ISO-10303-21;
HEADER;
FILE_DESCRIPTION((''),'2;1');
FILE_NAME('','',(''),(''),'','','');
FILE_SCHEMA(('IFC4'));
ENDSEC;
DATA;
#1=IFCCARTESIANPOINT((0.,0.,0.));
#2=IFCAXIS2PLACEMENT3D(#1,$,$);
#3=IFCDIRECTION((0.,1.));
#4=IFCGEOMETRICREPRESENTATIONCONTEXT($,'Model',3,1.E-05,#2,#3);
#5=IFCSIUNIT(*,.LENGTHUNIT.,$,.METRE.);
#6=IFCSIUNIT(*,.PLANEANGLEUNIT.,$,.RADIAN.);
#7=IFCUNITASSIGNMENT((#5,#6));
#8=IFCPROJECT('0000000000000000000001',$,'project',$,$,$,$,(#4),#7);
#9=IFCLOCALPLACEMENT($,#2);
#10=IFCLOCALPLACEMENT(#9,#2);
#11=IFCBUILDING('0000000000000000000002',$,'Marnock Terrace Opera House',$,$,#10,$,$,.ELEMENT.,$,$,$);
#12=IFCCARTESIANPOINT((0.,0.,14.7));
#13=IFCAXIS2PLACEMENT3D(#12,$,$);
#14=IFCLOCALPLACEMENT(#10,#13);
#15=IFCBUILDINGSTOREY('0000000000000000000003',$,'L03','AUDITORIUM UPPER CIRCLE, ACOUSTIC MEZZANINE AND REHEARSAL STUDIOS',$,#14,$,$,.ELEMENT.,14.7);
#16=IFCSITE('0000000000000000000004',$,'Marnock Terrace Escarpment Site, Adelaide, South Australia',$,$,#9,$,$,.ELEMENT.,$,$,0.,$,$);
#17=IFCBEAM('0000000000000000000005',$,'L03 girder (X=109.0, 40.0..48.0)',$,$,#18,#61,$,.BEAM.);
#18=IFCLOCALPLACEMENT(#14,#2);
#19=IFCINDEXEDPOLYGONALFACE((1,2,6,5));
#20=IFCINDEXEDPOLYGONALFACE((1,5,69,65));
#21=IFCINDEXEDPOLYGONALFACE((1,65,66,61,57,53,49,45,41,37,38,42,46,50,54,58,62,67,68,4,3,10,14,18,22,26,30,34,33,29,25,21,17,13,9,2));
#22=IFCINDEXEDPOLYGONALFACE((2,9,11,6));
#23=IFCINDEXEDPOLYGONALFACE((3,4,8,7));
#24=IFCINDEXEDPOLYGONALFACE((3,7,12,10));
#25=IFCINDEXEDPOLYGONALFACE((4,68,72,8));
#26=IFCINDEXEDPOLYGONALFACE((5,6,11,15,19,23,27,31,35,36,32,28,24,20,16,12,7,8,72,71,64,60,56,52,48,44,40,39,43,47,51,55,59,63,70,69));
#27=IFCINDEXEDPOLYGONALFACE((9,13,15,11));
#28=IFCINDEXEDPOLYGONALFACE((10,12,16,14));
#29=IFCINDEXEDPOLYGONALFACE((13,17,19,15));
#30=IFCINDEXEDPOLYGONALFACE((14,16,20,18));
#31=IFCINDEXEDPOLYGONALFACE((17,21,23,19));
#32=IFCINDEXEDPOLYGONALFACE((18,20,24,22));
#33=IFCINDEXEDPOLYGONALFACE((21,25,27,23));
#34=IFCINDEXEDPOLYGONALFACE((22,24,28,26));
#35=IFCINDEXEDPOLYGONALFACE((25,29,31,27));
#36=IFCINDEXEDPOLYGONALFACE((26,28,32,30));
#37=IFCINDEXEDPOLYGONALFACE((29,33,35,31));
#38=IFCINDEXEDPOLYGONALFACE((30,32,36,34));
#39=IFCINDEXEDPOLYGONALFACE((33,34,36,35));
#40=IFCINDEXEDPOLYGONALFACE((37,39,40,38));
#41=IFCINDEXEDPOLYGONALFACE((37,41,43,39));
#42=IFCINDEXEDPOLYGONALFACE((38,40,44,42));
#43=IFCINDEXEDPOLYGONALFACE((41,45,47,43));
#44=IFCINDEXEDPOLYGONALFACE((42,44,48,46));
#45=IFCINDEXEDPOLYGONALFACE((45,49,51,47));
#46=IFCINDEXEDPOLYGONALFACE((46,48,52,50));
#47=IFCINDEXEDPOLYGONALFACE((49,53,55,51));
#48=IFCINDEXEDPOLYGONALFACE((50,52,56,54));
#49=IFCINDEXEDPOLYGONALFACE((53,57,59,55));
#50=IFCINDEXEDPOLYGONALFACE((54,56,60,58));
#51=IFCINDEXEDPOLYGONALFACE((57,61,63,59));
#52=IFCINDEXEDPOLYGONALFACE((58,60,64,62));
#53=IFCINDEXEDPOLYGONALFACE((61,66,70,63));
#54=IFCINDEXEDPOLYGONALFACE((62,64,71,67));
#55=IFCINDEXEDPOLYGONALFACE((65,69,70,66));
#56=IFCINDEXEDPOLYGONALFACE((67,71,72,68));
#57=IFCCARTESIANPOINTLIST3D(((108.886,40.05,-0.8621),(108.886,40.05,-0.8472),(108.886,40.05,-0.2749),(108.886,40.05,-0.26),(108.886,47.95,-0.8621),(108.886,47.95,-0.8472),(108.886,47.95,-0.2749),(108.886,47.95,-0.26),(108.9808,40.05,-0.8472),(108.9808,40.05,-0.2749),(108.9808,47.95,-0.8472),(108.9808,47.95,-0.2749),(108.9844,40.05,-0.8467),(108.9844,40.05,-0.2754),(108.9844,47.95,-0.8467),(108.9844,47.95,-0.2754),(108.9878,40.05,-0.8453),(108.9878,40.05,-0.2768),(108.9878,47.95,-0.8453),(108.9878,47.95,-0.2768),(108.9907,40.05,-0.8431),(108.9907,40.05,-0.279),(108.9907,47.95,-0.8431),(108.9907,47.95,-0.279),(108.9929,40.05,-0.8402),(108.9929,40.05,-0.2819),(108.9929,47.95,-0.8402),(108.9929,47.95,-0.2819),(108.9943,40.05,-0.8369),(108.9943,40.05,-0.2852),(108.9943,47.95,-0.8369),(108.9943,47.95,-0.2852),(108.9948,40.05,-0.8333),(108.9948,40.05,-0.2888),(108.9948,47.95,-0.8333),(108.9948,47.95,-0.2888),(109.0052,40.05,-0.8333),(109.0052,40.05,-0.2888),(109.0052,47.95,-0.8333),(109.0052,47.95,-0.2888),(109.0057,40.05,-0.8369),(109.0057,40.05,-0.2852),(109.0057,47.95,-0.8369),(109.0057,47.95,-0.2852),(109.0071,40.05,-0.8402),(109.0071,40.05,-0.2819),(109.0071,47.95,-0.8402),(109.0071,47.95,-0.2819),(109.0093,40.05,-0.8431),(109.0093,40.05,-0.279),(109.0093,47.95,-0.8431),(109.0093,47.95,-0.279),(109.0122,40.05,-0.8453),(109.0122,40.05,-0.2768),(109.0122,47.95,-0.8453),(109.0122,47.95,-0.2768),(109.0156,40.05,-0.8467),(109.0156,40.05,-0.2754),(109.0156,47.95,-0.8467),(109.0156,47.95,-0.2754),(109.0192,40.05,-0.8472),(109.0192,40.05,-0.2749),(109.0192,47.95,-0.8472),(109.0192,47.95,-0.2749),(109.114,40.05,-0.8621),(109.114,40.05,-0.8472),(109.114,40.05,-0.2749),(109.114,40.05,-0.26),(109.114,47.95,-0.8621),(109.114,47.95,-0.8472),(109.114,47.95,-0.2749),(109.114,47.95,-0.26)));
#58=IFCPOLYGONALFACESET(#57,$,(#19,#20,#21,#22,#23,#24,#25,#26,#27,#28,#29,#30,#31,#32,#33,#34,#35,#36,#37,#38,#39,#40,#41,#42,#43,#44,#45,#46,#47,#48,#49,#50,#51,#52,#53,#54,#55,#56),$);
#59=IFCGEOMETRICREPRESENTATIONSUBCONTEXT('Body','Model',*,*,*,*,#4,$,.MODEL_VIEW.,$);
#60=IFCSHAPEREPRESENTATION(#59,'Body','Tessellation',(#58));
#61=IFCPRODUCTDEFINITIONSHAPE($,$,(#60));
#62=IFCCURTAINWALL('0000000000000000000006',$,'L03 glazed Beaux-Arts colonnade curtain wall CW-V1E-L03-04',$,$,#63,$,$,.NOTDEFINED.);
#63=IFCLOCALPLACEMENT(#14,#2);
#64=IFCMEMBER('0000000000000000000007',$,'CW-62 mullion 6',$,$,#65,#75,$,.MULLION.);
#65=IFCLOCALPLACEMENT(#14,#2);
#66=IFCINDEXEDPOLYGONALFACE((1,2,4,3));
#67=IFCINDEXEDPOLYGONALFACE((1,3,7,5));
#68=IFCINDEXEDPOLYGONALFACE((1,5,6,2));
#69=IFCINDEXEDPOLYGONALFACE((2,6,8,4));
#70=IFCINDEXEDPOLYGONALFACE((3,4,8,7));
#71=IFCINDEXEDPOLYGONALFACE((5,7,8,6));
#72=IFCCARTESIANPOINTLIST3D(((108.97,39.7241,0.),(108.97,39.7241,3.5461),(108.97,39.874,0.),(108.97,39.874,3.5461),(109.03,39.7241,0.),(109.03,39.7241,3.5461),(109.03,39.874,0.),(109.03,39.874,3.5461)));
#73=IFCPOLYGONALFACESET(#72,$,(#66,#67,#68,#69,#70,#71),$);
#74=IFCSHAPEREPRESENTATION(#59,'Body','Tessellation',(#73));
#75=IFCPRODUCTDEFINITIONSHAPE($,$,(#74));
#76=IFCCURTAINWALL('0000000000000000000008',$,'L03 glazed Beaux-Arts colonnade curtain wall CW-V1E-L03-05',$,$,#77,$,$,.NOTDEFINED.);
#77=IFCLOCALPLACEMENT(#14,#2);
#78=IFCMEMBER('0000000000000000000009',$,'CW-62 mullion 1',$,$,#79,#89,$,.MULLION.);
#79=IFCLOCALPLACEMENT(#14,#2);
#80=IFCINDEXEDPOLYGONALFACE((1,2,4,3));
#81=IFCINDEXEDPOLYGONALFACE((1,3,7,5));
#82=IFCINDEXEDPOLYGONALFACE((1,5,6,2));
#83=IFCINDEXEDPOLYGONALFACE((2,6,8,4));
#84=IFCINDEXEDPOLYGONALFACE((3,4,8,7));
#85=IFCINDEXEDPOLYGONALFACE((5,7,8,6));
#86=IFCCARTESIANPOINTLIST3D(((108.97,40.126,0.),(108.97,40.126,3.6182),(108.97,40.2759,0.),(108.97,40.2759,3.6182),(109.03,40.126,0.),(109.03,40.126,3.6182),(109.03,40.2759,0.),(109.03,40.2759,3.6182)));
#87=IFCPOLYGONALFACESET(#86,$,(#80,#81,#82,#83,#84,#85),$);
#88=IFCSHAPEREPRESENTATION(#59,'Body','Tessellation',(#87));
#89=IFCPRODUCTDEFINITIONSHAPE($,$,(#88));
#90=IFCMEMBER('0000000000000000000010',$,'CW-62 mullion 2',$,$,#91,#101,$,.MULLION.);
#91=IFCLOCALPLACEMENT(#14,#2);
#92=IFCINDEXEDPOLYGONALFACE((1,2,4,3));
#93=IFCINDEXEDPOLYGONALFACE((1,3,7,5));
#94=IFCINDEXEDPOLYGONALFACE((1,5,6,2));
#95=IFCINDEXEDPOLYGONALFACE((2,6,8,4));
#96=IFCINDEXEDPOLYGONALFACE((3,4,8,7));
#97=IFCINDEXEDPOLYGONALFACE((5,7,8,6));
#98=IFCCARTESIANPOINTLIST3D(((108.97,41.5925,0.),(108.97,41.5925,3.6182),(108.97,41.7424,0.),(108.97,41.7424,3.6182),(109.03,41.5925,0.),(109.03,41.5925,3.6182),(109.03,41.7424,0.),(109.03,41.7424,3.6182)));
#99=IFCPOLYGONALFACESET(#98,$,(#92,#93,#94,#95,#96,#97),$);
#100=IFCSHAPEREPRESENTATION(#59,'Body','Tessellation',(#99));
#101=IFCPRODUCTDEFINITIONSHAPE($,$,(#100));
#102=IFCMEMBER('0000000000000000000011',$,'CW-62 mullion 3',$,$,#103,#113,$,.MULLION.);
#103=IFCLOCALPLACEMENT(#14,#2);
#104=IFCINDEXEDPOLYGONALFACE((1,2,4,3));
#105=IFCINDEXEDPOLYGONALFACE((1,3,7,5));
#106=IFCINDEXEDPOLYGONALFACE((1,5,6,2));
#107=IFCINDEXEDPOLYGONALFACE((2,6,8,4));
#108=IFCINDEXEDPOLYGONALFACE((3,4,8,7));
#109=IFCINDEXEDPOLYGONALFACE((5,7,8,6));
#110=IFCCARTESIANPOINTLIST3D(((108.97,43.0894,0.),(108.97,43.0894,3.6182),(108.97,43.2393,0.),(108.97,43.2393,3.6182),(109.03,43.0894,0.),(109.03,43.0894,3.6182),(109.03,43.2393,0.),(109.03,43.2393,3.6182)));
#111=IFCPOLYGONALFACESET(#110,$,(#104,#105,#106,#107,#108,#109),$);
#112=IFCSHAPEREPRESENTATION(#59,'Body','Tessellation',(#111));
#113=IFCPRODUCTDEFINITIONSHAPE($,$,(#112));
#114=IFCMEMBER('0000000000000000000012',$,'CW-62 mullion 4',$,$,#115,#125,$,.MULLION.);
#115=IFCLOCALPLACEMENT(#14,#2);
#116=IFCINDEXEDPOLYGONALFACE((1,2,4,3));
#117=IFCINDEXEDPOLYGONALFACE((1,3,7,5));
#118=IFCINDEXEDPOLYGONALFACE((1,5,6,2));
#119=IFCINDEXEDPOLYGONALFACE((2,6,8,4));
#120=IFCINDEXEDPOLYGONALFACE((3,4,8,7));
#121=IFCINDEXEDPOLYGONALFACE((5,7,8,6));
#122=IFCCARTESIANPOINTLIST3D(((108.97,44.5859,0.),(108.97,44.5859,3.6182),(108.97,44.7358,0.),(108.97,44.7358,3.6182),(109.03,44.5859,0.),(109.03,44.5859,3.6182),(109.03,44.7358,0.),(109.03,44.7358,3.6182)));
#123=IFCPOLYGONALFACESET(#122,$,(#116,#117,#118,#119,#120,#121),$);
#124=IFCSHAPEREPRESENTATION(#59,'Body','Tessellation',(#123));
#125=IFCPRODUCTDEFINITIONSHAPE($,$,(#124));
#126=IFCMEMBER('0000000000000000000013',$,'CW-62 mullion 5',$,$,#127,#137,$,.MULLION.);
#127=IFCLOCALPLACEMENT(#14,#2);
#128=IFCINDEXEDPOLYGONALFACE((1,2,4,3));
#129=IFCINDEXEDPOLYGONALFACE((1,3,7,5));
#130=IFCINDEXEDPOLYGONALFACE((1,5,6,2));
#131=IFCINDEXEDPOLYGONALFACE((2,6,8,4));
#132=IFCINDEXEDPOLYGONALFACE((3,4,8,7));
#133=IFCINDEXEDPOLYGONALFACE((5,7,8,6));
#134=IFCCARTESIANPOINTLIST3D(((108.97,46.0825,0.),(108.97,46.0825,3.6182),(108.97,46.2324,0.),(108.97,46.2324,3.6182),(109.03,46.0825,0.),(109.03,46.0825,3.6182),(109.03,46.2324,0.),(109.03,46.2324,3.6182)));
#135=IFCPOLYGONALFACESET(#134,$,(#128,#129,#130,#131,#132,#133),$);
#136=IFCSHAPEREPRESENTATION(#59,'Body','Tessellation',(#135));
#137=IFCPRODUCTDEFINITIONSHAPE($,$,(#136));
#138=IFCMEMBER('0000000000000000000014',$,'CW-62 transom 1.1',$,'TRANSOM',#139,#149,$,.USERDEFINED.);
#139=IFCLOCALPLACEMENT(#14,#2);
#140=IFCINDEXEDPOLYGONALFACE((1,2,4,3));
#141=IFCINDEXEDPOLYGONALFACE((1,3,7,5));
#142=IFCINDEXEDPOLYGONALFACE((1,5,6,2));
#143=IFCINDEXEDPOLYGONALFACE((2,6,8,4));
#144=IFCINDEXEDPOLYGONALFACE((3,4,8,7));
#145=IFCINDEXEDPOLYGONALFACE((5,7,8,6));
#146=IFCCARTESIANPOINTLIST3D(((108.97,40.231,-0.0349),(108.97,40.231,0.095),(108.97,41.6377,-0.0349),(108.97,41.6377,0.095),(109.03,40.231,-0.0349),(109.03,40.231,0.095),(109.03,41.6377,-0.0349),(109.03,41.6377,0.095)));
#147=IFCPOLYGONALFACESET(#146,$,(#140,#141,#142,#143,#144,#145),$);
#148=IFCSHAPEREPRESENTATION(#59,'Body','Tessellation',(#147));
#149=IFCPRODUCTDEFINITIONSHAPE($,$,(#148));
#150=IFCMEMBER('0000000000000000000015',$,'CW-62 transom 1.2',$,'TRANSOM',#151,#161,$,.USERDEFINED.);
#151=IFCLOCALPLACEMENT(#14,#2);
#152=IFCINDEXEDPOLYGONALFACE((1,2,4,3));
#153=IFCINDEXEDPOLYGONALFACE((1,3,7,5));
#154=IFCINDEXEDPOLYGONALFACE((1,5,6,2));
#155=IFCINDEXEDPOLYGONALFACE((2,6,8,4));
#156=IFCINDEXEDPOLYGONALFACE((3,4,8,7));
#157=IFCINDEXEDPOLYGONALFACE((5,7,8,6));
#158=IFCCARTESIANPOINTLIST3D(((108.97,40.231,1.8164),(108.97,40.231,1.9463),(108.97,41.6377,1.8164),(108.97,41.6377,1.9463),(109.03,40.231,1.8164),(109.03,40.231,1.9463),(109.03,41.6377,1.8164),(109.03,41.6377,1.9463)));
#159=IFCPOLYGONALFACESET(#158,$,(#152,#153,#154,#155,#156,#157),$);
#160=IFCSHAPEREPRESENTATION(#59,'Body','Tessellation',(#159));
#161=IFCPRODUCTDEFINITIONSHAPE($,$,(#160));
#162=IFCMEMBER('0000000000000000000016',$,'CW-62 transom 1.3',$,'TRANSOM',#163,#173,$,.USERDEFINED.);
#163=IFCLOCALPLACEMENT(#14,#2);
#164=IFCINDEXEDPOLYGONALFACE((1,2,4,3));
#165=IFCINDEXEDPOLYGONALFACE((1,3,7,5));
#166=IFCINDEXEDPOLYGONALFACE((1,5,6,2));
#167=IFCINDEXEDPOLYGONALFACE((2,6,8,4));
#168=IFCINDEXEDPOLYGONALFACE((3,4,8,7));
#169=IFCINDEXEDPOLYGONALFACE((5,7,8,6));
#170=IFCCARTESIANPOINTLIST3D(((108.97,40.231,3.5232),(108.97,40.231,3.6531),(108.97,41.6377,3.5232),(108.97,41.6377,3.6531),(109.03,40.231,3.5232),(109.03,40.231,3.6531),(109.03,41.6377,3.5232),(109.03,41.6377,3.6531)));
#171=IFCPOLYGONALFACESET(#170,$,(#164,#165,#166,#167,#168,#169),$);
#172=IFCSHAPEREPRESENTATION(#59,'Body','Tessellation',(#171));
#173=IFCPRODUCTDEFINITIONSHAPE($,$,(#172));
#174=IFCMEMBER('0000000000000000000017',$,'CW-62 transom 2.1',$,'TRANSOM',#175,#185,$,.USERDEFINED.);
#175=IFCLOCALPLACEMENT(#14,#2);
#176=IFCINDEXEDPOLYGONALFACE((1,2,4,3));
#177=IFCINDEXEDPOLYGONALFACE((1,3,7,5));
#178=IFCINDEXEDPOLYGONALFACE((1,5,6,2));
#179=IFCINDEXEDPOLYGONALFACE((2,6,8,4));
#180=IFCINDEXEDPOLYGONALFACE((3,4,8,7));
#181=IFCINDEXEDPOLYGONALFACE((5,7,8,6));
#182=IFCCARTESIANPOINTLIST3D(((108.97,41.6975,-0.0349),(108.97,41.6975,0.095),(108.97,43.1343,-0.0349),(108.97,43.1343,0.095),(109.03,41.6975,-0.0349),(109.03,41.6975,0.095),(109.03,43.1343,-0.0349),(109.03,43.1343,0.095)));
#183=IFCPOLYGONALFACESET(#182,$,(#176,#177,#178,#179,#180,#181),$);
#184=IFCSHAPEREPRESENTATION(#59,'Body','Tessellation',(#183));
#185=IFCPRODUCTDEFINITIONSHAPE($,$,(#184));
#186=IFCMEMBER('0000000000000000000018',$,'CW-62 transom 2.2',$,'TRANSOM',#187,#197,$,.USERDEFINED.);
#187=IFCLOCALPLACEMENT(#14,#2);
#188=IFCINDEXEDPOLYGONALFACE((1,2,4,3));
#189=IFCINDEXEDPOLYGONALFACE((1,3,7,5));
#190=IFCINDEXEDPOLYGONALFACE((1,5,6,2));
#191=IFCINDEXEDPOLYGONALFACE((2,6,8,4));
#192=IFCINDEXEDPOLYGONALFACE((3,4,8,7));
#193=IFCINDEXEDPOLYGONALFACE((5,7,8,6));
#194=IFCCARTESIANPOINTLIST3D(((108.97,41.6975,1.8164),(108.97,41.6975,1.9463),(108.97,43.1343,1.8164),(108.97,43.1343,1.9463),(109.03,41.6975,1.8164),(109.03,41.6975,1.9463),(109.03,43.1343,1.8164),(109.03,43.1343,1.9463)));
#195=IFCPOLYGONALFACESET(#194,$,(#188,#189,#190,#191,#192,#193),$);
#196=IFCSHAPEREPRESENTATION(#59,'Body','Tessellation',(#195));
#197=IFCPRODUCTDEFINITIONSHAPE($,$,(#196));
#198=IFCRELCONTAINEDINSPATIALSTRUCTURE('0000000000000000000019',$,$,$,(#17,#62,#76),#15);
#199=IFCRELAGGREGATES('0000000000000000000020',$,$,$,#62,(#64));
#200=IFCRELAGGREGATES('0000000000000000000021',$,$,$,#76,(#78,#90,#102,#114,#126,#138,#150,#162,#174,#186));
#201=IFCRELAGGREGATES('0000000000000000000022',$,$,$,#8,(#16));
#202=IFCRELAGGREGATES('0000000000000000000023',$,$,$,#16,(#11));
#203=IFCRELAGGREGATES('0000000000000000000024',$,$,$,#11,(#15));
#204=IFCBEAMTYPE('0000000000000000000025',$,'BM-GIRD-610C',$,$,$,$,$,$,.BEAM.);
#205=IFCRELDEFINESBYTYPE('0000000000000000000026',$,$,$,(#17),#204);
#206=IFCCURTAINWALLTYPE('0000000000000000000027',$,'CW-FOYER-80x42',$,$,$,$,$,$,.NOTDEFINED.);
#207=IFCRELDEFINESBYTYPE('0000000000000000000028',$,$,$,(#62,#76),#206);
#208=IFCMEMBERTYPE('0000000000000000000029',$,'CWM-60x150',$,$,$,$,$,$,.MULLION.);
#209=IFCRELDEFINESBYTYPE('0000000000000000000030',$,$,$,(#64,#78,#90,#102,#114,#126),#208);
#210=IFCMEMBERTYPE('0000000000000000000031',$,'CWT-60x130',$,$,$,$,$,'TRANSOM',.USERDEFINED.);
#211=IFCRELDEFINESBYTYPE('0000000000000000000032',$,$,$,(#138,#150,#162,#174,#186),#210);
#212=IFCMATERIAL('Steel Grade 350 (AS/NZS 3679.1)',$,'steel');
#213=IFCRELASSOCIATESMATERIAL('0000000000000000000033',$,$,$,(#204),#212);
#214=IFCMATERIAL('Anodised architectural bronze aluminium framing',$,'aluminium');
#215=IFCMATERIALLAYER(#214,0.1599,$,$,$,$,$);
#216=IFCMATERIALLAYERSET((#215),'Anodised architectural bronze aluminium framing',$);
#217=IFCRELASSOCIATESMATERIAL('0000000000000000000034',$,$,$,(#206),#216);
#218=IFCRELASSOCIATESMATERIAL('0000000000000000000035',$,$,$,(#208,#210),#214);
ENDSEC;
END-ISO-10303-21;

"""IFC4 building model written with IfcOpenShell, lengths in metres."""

from ifc_helpers import new_model, si_unit, direction, frame, origin, origin_2d, place, context, subcontext, project, spatial, rectangle, i_section, extrude, material, layer, layer_set, material_profile, profile_set, type_object, element, aggregate, save


model = new_model("IFC4")

# Units and contexts
model_context = context("Model", 3, precision=1e-05, world=origin(), true_north=direction((0.0, 1.0)))
body_context = subcontext(model_context, "Body", "Model", "MODEL_VIEW")
ifc_project = project(units=[si_unit("LENGTHUNIT", "METRE"), si_unit("PLANEANGLEUNIT", "RADIAN")], contexts=[model_context])

# Site, building, storey
site_placement = place(None, origin())
site = spatial("IfcSite", under=ifc_project, at=site_placement, Name="Marnock Terrace Escarpment Site, Adelaide, South Australia", CompositionType="ELEMENT", RefElevation=0.0)
building_placement = place(site_placement, origin())
building = spatial("IfcBuilding", under=site, at=building_placement, Name="Marnock Terrace Opera House", CompositionType="ELEMENT")
storey_placement = place(building_placement, frame((0.0, 0.0, 14.7)))
storey = spatial("IfcBuildingStorey", under=building, at=storey_placement, Name="L03", Description="AUDITORIUM UPPER CIRCLE, ACOUSTIC MEZZANINE AND REHEARSAL STUDIOS", CompositionType="ELEMENT", Elevation=14.7)

# Beam
ifc_material_1 = material(Name="Steel Grade 350 (AS/NZS 3679.1)", Category="steel")
ifc_material_profile_1 = material_profile(ifc_material_1, i_section(OverallWidth=0.228, OverallDepth=0.6021, WebThickness=0.0105, FlangeThickness=0.0149, FilletRadius=0.0139, at=origin_2d()))
ifc_profile_set_1 = profile_set([ifc_material_profile_1], Name="Steel Grade 350 (AS/NZS 3679.1)")
beam_type = type_object("IfcBeamType", Name="BM-GIRD-610C", PredefinedType="BEAM", material=ifc_profile_set_1)
beam_placement = place(storey_placement, frame((109.0, 40.05, -0.561), z_axis=(0.0, 1.0, 0.0), x_axis=(-1.0, 0.0, 0.0)))
element("IfcBeam", 1, at=beam_placement, inside=storey, type_object=beam_type, Name="L03 girder (X=109.0, 40.0..48.0)", PredefinedType="BEAM", context=body_context, shape_type="SweptSolid", body=[
    extrude(i_section(OverallWidth=0.228, OverallDepth=0.6021, WebThickness=0.0105, FlangeThickness=0.0149, FilletRadius=0.0139, at=origin_2d()), origin(), (0.0, 0.0, 1.0), 7.8999),
])

# Curtain wall, member
ifc_material_2 = material(Name="Anodised architectural bronze aluminium framing", Category="aluminium")
ifc_layer_1 = layer(ifc_material_2, 0.1599)
ifc_layer_set_1 = layer_set([ifc_layer_1], Name="Anodised architectural bronze aluminium framing")
curtain_wall_type = type_object("IfcCurtainWallType", Name="CW-FOYER-80x42", PredefinedType="NOTDEFINED", material=ifc_layer_set_1)
curtain_wall_1_placement = place(storey_placement, origin())
curtain_wall_1 = element("IfcCurtainWall", 2, at=curtain_wall_1_placement, inside=storey, type_object=curtain_wall_type, Name="L03 glazed Beaux-Arts colonnade curtain wall CW-V1E-L03-04", PredefinedType="NOTDEFINED")
ifc_material_profile_2 = material_profile(ifc_material_2, rectangle(XDim=0.0601, YDim=0.1499, at=origin_2d()))
ifc_profile_set_2 = profile_set([ifc_material_profile_2], Name="Anodised architectural bronze aluminium framing")
member_type_1 = type_object("IfcMemberType", Name="CWM-60x150", PredefinedType="MULLION", material=ifc_profile_set_2)
member_1_placement = place(storey_placement, frame((109.0, 39.7991, 0.0), z_axis=(0.0, 0.0, 1.0), x_axis=(-1.0, 0.0, 0.0)))
member_1 = element("IfcMember", 3, at=member_1_placement, type_object=member_type_1, Name="CW-62 mullion 6", PredefinedType="MULLION", context=body_context, shape_type="SweptSolid", body=[
    extrude(rectangle(XDim=0.0601, YDim=0.1499, at=origin_2d()), origin(), (0.0, 0.0, 1.0), 3.5461),
])

# Curtain wall, members
curtain_wall_2_placement = place(storey_placement, origin())
curtain_wall_2 = element("IfcCurtainWall", 4, at=curtain_wall_2_placement, inside=storey, type_object=curtain_wall_type, Name="L03 glazed Beaux-Arts colonnade curtain wall CW-V1E-L03-05", PredefinedType="NOTDEFINED")
member_2_placement = place(storey_placement, frame((109.0, 40.2009, 0.0), z_axis=(0.0, 0.0, 1.0), x_axis=(-1.0, 0.0, 0.0)))
member_2 = element("IfcMember", 5, at=member_2_placement, type_object=member_type_1, Name="CW-62 mullion 1", PredefinedType="MULLION", context=body_context, shape_type="SweptSolid", body=[
    extrude(rectangle(XDim=0.0601, YDim=0.1499, at=origin_2d()), origin(), (0.0, 0.0, 1.0), 3.6182),
])
member_3_placement = place(storey_placement, frame((109.0, 41.6675, 0.0), z_axis=(0.0, 0.0, 1.0), x_axis=(-1.0, 0.0, 0.0)))
member_3 = element("IfcMember", 6, at=member_3_placement, type_object=member_type_1, Name="CW-62 mullion 2", PredefinedType="MULLION", context=body_context, shape_type="SweptSolid", body=[
    extrude(rectangle(XDim=0.0601, YDim=0.1499, at=origin_2d()), origin(), (0.0, 0.0, 1.0), 3.6182),
])
member_4_placement = place(storey_placement, frame((109.0, 43.1643, 0.0), z_axis=(0.0, 0.0, 1.0), x_axis=(-1.0, 0.0, 0.0)))
member_4 = element("IfcMember", 7, at=member_4_placement, type_object=member_type_1, Name="CW-62 mullion 3", PredefinedType="MULLION", context=body_context, shape_type="SweptSolid", body=[
    extrude(rectangle(XDim=0.0601, YDim=0.1499, at=origin_2d()), origin(), (0.0, 0.0, 1.0), 3.6182),
])
member_5_placement = place(storey_placement, frame((109.0, 44.6609, 0.0), z_axis=(0.0, 0.0, 1.0), x_axis=(-1.0, 0.0, 0.0)))
member_5 = element("IfcMember", 8, at=member_5_placement, type_object=member_type_1, Name="CW-62 mullion 4", PredefinedType="MULLION", context=body_context, shape_type="SweptSolid", body=[
    extrude(rectangle(XDim=0.0601, YDim=0.1499, at=origin_2d()), origin(), (0.0, 0.0, 1.0), 3.6182),
])
member_6_placement = place(storey_placement, frame((109.0, 46.1575, 0.0), z_axis=(0.0, 0.0, 1.0), x_axis=(-1.0, 0.0, 0.0)))
member_6 = element("IfcMember", 9, at=member_6_placement, type_object=member_type_1, Name="CW-62 mullion 5", PredefinedType="MULLION", context=body_context, shape_type="SweptSolid", body=[
    extrude(rectangle(XDim=0.0601, YDim=0.1499, at=origin_2d()), origin(), (0.0, 0.0, 1.0), 3.6182),
])
ifc_material_profile_3 = material_profile(ifc_material_2, rectangle(XDim=0.0601, YDim=0.1299, at=origin_2d()))
ifc_profile_set_3 = profile_set([ifc_material_profile_3], Name="Anodised architectural bronze aluminium framing")
member_type_2 = type_object("IfcMemberType", Name="CWT-60x130", ElementType="TRANSOM", PredefinedType="USERDEFINED", material=ifc_profile_set_3)
member_7_placement = place(storey_placement, frame((109.0, 40.231, 0.03), z_axis=(0.0, 1.0, 0.0), x_axis=(-1.0, 0.0, 0.0)))
member_7 = element("IfcMember", 10, at=member_7_placement, type_object=member_type_2, Name="CW-62 transom 1.1", ObjectType="TRANSOM", PredefinedType="USERDEFINED", context=body_context, shape_type="SweptSolid", body=[
    extrude(rectangle(XDim=0.0601, YDim=0.1299, at=origin_2d()), origin(), (0.0, 0.0, 1.0), 1.4067),
])
member_8_placement = place(storey_placement, frame((109.0, 40.231, 1.8813), z_axis=(0.0, 1.0, 0.0), x_axis=(-1.0, 0.0, 0.0)))
member_8 = element("IfcMember", 11, at=member_8_placement, type_object=member_type_2, Name="CW-62 transom 1.2", ObjectType="TRANSOM", PredefinedType="USERDEFINED", context=body_context, shape_type="SweptSolid", body=[
    extrude(rectangle(XDim=0.0601, YDim=0.1299, at=origin_2d()), origin(), (0.0, 0.0, 1.0), 1.4067),
])
member_9_placement = place(storey_placement, frame((109.0, 40.231, 3.5881), z_axis=(0.0, 1.0, 0.0), x_axis=(-1.0, 0.0, 0.0)))
member_9 = element("IfcMember", 12, at=member_9_placement, type_object=member_type_2, Name="CW-62 transom 1.3", ObjectType="TRANSOM", PredefinedType="USERDEFINED", context=body_context, shape_type="SweptSolid", body=[
    extrude(rectangle(XDim=0.0601, YDim=0.1299, at=origin_2d()), origin(), (0.0, 0.0, 1.0), 1.4067),
])
member_10_placement = place(storey_placement, frame((109.0, 41.6975, 0.03), z_axis=(0.0, 1.0, 0.0), x_axis=(-1.0, 0.0, 0.0)))
member_10 = element("IfcMember", 13, at=member_10_placement, type_object=member_type_2, Name="CW-62 transom 2.1", ObjectType="TRANSOM", PredefinedType="USERDEFINED", context=body_context, shape_type="SweptSolid", body=[
    extrude(rectangle(XDim=0.0601, YDim=0.1299, at=origin_2d()), origin(), (0.0, 0.0, 1.0), 1.4368),
])
member_11_placement = place(storey_placement, frame((109.0, 41.6975, 1.8813), z_axis=(0.0, 1.0, 0.0), x_axis=(-1.0, 0.0, 0.0)))
member_11 = element("IfcMember", 14, at=member_11_placement, type_object=member_type_2, Name="CW-62 transom 2.2", ObjectType="TRANSOM", PredefinedType="USERDEFINED", context=body_context, shape_type="SweptSolid", body=[
    extrude(rectangle(XDim=0.0601, YDim=0.1299, at=origin_2d()), origin(), (0.0, 0.0, 1.0), 1.4368),
])

aggregate(curtain_wall_1, [member_1])
aggregate(curtain_wall_2, [member_2, member_3, member_4, member_5, member_6, member_7, member_8, member_9, member_10, member_11])

save(model, "model.ifc")
